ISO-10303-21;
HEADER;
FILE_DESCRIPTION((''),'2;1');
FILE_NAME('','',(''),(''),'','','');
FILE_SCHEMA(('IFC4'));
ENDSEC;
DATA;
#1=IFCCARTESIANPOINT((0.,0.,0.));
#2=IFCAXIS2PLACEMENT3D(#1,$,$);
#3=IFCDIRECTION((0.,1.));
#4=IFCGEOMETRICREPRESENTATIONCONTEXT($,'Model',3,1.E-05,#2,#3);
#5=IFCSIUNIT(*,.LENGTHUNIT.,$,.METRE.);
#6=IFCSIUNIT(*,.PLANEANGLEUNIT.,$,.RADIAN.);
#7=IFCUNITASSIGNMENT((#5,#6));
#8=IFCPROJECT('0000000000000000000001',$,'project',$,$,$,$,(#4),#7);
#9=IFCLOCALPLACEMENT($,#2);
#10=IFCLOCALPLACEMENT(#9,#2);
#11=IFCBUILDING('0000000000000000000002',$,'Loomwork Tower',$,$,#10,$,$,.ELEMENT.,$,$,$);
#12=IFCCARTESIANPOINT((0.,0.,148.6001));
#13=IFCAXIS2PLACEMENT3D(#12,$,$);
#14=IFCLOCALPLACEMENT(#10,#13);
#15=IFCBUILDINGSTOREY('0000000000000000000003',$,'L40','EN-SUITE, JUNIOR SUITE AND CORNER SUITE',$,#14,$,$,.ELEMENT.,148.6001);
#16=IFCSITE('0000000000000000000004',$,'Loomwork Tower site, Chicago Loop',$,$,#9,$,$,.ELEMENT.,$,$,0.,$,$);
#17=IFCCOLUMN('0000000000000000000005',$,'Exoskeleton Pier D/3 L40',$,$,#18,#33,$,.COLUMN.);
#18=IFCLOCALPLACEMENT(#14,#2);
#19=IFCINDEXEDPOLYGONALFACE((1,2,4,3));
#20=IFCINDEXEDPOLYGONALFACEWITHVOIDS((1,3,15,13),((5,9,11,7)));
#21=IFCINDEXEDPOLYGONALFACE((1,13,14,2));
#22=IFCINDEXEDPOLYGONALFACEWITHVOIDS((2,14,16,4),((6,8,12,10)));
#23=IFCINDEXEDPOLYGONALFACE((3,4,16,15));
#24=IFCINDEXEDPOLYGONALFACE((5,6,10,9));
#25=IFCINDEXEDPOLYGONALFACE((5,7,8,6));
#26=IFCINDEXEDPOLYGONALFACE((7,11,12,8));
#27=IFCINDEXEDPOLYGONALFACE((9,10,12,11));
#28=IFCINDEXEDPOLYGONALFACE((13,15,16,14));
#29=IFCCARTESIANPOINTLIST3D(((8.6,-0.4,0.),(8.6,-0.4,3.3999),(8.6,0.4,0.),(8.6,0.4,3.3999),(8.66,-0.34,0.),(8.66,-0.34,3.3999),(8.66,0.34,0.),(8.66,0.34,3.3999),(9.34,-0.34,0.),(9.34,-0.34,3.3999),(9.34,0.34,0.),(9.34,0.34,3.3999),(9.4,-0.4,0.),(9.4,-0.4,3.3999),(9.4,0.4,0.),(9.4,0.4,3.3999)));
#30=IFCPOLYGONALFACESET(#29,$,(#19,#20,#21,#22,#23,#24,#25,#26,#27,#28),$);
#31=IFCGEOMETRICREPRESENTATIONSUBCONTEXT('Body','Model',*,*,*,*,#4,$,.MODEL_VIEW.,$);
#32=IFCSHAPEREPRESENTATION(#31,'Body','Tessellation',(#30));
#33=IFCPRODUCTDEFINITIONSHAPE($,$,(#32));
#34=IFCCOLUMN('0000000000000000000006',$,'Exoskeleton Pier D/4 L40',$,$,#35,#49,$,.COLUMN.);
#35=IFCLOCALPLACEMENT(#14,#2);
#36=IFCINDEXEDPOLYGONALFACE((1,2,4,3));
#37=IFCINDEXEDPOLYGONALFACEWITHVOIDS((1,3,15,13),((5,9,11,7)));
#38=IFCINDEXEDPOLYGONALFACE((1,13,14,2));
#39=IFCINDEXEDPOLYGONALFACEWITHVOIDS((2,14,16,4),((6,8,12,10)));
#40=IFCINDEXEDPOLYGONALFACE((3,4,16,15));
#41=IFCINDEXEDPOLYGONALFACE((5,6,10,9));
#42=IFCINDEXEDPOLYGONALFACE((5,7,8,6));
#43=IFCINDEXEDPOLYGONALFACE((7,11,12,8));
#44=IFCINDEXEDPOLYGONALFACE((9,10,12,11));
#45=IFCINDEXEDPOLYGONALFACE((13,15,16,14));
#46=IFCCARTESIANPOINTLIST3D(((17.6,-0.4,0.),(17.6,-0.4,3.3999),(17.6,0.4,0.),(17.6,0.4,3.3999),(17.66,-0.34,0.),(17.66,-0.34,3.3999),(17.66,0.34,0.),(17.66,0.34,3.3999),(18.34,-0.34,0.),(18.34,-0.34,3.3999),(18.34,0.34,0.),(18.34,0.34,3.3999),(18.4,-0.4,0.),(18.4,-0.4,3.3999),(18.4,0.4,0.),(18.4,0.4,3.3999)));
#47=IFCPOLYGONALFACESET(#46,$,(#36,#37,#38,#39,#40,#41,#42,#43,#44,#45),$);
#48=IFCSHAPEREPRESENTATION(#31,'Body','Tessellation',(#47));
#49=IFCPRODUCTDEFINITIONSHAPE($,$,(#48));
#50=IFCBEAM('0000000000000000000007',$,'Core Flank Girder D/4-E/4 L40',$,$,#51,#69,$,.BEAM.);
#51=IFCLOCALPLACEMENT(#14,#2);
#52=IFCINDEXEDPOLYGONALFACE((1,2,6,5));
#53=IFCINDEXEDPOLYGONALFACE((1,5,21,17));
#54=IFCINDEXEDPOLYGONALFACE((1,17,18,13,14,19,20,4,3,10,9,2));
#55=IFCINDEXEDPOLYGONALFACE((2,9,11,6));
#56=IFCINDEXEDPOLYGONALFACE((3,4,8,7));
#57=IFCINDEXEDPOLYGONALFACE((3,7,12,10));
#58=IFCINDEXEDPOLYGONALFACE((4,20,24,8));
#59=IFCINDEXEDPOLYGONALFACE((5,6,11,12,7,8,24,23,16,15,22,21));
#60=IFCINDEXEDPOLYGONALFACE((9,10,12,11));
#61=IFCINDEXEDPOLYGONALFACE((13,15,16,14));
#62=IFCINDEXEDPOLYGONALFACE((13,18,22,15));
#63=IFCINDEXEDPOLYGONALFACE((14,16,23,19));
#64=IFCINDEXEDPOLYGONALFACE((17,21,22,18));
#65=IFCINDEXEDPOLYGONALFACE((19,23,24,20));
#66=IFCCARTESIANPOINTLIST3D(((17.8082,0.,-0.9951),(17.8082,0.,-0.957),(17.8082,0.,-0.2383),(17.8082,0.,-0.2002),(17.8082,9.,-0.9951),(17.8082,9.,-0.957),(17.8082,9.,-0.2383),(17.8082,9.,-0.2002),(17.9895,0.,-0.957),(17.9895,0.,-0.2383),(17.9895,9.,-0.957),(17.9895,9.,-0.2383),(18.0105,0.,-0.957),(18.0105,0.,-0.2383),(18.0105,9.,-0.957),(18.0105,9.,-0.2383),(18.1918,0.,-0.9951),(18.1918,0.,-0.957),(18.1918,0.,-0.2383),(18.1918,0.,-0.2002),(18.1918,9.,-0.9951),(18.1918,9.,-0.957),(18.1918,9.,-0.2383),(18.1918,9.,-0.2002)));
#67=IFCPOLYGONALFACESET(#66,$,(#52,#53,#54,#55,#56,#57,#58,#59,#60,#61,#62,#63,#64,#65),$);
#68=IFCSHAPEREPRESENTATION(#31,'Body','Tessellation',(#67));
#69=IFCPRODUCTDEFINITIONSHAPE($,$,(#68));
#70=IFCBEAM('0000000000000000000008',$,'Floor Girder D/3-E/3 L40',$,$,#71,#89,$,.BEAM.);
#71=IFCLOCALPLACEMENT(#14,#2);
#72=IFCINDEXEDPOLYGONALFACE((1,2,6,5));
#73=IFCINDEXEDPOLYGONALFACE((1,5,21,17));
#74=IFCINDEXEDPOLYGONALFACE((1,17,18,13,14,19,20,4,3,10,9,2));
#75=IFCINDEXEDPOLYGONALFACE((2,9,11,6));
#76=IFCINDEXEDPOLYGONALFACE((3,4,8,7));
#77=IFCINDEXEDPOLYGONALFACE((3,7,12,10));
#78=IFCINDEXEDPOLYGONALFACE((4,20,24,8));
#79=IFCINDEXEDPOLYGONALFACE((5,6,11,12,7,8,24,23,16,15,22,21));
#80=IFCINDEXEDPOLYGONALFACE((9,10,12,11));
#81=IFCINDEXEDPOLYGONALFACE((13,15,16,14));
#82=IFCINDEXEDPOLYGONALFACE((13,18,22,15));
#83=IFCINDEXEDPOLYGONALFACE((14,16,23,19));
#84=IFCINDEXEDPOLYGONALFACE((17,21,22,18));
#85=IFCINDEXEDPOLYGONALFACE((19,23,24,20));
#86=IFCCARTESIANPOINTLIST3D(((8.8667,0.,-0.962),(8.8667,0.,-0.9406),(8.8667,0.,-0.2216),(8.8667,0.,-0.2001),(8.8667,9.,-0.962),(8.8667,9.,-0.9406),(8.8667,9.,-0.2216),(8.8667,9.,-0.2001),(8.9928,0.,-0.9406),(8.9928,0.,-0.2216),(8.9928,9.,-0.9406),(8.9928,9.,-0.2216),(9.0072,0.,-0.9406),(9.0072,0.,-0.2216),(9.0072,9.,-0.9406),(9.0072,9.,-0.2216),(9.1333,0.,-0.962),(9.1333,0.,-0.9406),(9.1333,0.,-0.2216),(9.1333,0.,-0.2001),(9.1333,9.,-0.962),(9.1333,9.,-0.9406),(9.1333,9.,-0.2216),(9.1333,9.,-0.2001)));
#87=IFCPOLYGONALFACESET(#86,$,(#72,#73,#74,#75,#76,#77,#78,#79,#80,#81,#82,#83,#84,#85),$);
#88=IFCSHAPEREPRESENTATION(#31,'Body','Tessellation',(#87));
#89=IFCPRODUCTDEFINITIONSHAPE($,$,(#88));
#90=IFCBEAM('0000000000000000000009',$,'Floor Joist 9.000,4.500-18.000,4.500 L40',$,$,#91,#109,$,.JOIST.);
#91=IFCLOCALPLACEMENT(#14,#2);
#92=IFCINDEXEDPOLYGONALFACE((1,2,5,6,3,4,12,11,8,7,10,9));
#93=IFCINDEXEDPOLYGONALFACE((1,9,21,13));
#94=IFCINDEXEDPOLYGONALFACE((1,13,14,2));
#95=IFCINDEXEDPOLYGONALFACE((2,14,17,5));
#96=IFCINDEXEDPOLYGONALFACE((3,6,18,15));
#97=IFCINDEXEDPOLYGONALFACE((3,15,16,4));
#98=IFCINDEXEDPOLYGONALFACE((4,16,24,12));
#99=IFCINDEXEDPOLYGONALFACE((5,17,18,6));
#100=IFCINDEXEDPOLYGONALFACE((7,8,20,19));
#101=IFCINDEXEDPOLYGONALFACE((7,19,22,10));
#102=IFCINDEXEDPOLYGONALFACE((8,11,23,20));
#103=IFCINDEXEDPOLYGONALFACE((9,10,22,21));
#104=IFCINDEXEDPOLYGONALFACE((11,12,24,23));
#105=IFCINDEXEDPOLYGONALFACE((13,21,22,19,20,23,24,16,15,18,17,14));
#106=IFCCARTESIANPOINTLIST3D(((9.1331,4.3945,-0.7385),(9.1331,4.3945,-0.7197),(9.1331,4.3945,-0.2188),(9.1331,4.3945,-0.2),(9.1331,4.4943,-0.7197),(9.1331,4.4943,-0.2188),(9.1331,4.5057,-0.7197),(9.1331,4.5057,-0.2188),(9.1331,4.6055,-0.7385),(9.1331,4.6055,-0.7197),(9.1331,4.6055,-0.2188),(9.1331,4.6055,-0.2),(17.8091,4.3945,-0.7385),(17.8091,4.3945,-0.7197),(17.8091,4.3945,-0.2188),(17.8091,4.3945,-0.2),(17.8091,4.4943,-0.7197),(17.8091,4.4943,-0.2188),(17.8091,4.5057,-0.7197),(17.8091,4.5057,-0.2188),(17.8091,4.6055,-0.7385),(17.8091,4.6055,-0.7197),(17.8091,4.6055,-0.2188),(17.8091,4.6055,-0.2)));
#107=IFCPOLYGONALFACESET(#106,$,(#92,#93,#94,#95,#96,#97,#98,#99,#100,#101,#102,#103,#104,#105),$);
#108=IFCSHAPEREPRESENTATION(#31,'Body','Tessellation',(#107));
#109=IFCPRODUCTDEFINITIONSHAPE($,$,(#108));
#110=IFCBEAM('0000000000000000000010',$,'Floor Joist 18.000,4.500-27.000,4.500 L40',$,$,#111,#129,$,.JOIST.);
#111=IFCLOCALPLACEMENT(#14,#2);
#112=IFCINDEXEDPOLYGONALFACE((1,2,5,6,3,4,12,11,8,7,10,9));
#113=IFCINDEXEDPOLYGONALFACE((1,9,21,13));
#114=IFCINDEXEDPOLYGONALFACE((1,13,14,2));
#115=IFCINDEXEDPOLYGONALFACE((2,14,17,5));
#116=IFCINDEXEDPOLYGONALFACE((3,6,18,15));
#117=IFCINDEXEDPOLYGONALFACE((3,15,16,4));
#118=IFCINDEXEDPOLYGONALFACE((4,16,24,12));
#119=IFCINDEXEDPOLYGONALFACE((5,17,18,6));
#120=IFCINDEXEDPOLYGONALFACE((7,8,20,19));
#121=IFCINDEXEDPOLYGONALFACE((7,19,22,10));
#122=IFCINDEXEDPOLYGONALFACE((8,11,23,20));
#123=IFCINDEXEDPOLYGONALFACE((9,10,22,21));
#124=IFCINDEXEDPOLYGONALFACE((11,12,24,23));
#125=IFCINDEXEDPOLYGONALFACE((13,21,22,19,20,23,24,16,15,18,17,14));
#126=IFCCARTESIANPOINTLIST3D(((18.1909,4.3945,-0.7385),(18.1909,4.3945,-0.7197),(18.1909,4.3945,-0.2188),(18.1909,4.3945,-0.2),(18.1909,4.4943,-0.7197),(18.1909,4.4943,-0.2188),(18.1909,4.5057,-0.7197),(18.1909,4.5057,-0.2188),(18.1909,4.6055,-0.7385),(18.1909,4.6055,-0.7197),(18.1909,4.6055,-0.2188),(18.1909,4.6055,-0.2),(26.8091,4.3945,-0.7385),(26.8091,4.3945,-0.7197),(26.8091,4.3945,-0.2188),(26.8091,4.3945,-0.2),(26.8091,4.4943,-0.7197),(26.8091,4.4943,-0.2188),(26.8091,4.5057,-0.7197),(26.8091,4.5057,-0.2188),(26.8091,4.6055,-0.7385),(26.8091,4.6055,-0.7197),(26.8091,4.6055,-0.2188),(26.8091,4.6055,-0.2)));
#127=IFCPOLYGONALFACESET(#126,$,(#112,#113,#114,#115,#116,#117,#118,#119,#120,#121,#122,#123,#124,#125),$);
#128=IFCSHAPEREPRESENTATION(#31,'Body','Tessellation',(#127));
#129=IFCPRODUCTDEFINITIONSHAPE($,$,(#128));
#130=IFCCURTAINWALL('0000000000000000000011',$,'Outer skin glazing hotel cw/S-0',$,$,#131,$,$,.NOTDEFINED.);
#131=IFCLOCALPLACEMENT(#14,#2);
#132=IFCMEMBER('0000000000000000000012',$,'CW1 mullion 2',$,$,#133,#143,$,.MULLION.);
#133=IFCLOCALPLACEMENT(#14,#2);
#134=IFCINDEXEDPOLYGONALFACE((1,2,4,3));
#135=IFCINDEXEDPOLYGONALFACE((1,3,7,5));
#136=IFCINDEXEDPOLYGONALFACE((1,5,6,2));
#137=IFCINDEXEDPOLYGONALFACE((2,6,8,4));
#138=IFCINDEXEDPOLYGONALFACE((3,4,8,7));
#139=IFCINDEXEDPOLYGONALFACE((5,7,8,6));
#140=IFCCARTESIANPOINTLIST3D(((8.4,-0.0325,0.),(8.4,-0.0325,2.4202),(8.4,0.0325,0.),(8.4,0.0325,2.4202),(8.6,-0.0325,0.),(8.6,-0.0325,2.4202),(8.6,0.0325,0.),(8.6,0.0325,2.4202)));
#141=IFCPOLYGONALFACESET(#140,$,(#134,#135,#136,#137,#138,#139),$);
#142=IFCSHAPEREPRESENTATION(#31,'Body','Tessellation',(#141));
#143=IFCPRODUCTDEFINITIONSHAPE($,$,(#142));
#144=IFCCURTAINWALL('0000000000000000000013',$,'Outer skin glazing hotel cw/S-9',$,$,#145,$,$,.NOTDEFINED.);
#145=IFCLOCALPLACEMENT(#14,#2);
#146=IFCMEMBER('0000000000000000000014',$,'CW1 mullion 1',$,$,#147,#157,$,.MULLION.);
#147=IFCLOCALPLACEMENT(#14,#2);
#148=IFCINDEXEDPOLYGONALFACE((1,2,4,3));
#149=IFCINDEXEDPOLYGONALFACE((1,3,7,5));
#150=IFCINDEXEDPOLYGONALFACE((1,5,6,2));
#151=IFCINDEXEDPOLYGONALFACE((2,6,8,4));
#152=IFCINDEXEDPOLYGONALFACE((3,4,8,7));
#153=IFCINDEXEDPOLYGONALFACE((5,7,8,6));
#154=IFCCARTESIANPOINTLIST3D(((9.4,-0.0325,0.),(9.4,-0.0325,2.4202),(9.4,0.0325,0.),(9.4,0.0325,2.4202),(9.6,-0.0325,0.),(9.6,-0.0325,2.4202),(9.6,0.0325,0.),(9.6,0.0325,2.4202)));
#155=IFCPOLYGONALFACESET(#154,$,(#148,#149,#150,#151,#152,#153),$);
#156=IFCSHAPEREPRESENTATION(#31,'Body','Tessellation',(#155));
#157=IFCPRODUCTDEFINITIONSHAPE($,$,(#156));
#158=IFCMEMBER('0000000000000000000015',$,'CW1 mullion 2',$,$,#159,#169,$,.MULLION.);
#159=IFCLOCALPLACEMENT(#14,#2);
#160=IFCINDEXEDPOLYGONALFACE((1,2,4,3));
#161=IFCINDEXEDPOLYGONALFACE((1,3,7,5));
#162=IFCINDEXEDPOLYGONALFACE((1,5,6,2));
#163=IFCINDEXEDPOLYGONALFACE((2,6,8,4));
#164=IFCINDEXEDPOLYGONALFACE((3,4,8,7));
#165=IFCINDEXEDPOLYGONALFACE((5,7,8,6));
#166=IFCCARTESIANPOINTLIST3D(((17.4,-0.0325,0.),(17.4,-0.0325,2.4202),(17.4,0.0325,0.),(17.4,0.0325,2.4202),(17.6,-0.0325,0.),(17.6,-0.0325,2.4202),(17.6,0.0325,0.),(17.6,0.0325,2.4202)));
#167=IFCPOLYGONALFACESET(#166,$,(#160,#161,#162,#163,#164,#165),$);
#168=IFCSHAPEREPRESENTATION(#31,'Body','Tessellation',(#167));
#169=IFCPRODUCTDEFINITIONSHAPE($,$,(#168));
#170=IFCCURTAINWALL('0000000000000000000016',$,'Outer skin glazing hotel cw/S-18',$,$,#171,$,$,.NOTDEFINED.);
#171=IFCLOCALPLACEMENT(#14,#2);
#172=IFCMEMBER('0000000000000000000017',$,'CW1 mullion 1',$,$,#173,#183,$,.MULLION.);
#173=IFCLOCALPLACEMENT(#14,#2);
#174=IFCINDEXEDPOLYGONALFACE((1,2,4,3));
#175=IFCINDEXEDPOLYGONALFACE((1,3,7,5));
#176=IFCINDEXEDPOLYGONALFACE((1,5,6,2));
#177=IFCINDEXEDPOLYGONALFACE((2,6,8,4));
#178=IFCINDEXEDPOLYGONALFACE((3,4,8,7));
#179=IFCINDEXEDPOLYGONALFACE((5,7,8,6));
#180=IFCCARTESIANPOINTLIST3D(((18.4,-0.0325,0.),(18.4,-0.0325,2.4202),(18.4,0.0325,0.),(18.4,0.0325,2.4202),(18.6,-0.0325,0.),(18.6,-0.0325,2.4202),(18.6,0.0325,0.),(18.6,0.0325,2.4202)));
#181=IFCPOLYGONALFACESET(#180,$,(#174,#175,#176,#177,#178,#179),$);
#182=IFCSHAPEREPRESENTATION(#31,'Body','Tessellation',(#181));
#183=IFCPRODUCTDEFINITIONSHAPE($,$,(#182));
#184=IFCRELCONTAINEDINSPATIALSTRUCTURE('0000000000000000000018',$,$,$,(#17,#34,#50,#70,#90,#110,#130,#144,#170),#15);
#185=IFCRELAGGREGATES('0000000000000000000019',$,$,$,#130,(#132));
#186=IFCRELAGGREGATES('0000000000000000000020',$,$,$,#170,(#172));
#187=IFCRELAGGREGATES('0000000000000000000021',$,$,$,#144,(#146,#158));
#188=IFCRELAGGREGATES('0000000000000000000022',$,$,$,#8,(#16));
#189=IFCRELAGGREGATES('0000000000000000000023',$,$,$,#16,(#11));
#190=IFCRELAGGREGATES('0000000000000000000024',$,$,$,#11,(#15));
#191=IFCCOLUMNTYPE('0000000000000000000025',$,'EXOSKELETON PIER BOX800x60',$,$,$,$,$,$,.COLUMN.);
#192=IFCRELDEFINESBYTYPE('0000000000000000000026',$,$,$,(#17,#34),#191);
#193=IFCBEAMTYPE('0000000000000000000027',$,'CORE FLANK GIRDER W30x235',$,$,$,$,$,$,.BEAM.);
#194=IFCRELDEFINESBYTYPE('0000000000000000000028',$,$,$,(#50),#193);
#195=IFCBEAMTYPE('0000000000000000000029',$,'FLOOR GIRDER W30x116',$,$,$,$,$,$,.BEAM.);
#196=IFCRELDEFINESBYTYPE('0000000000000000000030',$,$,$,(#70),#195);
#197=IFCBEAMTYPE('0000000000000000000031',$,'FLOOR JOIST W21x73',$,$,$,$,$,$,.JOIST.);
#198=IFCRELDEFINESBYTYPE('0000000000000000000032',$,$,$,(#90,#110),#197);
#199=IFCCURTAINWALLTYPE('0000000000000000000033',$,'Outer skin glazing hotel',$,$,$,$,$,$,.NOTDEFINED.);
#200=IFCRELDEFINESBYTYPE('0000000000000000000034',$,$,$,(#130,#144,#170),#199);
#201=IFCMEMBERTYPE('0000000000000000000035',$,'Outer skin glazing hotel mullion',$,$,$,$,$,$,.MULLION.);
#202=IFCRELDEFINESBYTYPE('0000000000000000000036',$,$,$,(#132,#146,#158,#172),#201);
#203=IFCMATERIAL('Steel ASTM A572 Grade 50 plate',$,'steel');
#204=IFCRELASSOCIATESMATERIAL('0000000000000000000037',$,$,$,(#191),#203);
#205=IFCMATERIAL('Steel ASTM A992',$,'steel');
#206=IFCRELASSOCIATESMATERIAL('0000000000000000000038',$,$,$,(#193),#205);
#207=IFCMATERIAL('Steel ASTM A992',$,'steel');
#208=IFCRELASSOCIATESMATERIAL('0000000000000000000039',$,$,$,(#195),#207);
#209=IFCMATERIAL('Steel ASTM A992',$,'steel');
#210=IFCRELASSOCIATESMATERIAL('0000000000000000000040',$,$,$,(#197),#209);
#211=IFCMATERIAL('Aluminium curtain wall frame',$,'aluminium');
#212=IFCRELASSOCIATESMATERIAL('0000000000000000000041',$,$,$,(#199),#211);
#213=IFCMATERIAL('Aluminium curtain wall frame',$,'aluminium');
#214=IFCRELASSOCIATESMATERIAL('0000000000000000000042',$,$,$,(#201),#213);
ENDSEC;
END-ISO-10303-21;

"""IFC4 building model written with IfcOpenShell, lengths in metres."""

from ifc_helpers import new_model, si_unit, direction, frame, origin, origin_2d, place, context, subcontext, project, spatial, rectangle, hollow_rectangle, i_section, extrude, material, material_profile, profile_set, type_object, element, aggregate, save


model = new_model("IFC4")

# Units and contexts
model_context = context("Model", 3, precision=1e-05, world=origin(), true_north=direction((0.0, 1.0)))
body_context = subcontext(model_context, "Body", "Model", "MODEL_VIEW")
ifc_project = project(units=[si_unit("LENGTHUNIT", "METRE"), si_unit("PLANEANGLEUNIT", "RADIAN")], contexts=[model_context])

# Site, building, storey
site_placement = place(None, origin())
site = spatial("IfcSite", under=ifc_project, at=site_placement, Name="Loomwork Tower site, Chicago Loop", CompositionType="ELEMENT", RefElevation=0.0)
building_placement = place(site_placement, origin())
building = spatial("IfcBuilding", under=site, at=building_placement, Name="Loomwork Tower", CompositionType="ELEMENT")
storey_placement = place(building_placement, frame((0.0, 0.0, 148.6001)))
storey = spatial("IfcBuildingStorey", under=building, at=storey_placement, Name="L40", Description="EN-SUITE, JUNIOR SUITE AND CORNER SUITE", CompositionType="ELEMENT", Elevation=148.6001)

# Columns
ifc_material_1 = material(Name="Steel ASTM A572 Grade 50 plate", Category="steel")
ifc_material_profile_1 = material_profile(ifc_material_1, hollow_rectangle(XDim=0.8, YDim=0.8, WallThickness=0.0601, at=origin_2d()), Name="BOX800x60")
ifc_profile_set_1 = profile_set([ifc_material_profile_1], Name="Steel ASTM A572 Grade 50 plate")
column_type = type_object("IfcColumnType", Name="EXOSKELETON PIER BOX800x60", PredefinedType="COLUMN", material=ifc_profile_set_1)
for number, where, z_axis, x_axis, name in (
    (1, (9.0, 0.0, 0.0), (0.0, 0.0, 1.0), (1.0, 0.0, 0.0), "Exoskeleton Pier D/3 L40"),
    (2, (18.0, 0.0, 0.0), (0.0, 0.0, 1.0), (1.0, 0.0, 0.0), "Exoskeleton Pier D/4 L40"),
):
    element("IfcColumn", number, at=place(storey_placement, frame(where, z_axis=z_axis, x_axis=x_axis)), inside=storey, type_object=column_type, Name=name, PredefinedType="COLUMN", context=body_context, shape_type="SweptSolid", body=[
        extrude(hollow_rectangle(XDim=0.8, YDim=0.8, WallThickness=0.0601, at=origin_2d()), origin(), (0.0, 0.0, 1.0), 3.3999),
    ])

# Beams
ifc_material_2 = material(Name="Steel ASTM A992", Category="steel")
ifc_material_profile_2 = material_profile(ifc_material_2, i_section(OverallWidth=0.3835, OverallDepth=0.7949, WebThickness=0.021, FlangeThickness=0.0381, at=origin_2d()), Name="W30x235")
ifc_profile_set_2 = profile_set([ifc_material_profile_2], Name="Steel ASTM A992")
beam_type_1 = type_object("IfcBeamType", Name="CORE FLANK GIRDER W30x235", PredefinedType="BEAM", material=ifc_profile_set_2)
beam_1_placement = place(storey_placement, frame((18.0, 0.0, -0.5977), z_axis=(0.0, 1.0, 0.0), x_axis=(-1.0, 0.0, 0.0)))
element("IfcBeam", 3, at=beam_1_placement, inside=storey, type_object=beam_type_1, Name="Core Flank Girder D/4-E/4 L40", PredefinedType="BEAM", context=body_context, shape_type="SweptSolid", body=[
    extrude(i_section(OverallWidth=0.3835, OverallDepth=0.7949, WebThickness=0.021, FlangeThickness=0.0381, at=origin_2d()), origin(), (0.0, 0.0, 1.0), 9.0),
])
ifc_material_3 = material(Name="Steel ASTM A992", Category="steel")
ifc_material_profile_3 = material_profile(ifc_material_3, i_section(OverallWidth=0.2666, OverallDepth=0.762, WebThickness=0.0144, FlangeThickness=0.0215, at=origin_2d()), Name="W30x116")
ifc_profile_set_3 = profile_set([ifc_material_profile_3], Name="Steel ASTM A992")
beam_type_2 = type_object("IfcBeamType", Name="FLOOR GIRDER W30x116", PredefinedType="BEAM", material=ifc_profile_set_3)
beam_2_placement = place(storey_placement, frame((9.0, 0.0, -0.5811), z_axis=(0.0, 1.0, 0.0), x_axis=(-1.0, 0.0, 0.0)))
element("IfcBeam", 4, at=beam_2_placement, inside=storey, type_object=beam_type_2, Name="Floor Girder D/3-E/3 L40", PredefinedType="BEAM", context=body_context, shape_type="SweptSolid", body=[
    extrude(i_section(OverallWidth=0.2666, OverallDepth=0.762, WebThickness=0.0144, FlangeThickness=0.0215, at=origin_2d()), origin(), (0.0, 0.0, 1.0), 9.0),
])
ifc_material_4 = material(Name="Steel ASTM A992", Category="steel")
ifc_material_profile_4 = material_profile(ifc_material_4, i_section(OverallWidth=0.2109, OverallDepth=0.5386, WebThickness=0.0115, FlangeThickness=0.0188, at=origin_2d()), Name="W21x73")
ifc_profile_set_4 = profile_set([ifc_material_profile_4], Name="Steel ASTM A992")
beam_type_3 = type_object("IfcBeamType", Name="FLOOR JOIST W21x73", PredefinedType="JOIST", material=ifc_profile_set_4)
beam_3_placement = place(storey_placement, frame((9.1331, 4.5, -0.4692), z_axis=(1.0, 0.0, 0.0), x_axis=(0.0, 1.0, 0.0)))
element("IfcBeam", 5, at=beam_3_placement, inside=storey, type_object=beam_type_3, Name="Floor Joist 9.000,4.500-18.000,4.500 L40", PredefinedType="JOIST", context=body_context, shape_type="SweptSolid", body=[
    extrude(i_section(OverallWidth=0.2109, OverallDepth=0.5386, WebThickness=0.0115, FlangeThickness=0.0188, at=origin_2d()), origin(), (0.0, 0.0, 1.0), 8.676),
])
beam_4_placement = place(storey_placement, frame((18.1909, 4.5, -0.4692), z_axis=(1.0, 0.0, 0.0), x_axis=(0.0, 1.0, 0.0)))
element("IfcBeam", 6, at=beam_4_placement, inside=storey, type_object=beam_type_3, Name="Floor Joist 18.000,4.500-27.000,4.500 L40", PredefinedType="JOIST", context=body_context, shape_type="SweptSolid", body=[
    extrude(i_section(OverallWidth=0.2109, OverallDepth=0.5386, WebThickness=0.0115, FlangeThickness=0.0188, at=origin_2d()), origin(), (0.0, 0.0, 1.0), 8.6182),
])

# Curtain wall, member
ifc_material_5 = material(Name="Aluminium curtain wall frame", Category="aluminium")
curtain_wall_type = type_object("IfcCurtainWallType", Name="Outer skin glazing hotel", PredefinedType="NOTDEFINED", material=ifc_material_5)
curtain_wall_1_placement = place(storey_placement, origin())
curtain_wall_1 = element("IfcCurtainWall", 7, at=curtain_wall_1_placement, inside=storey, type_object=curtain_wall_type, Name="Outer skin glazing hotel cw/S-0", PredefinedType="NOTDEFINED")
ifc_material_6 = material(Name="Aluminium curtain wall frame", Category="aluminium")
ifc_material_profile_5 = material_profile(ifc_material_6, rectangle(XDim=0.0649, YDim=0.2, at=origin_2d()), Name="AL 65x200")
ifc_profile_set_5 = profile_set([ifc_material_profile_5], Name="Aluminium curtain wall frame")
member_type_1 = type_object("IfcMemberType", Name="Outer skin glazing hotel mullion", PredefinedType="MULLION", material=ifc_profile_set_5)
member_1_placement = place(storey_placement, frame((8.5, 0.0, 0.0), z_axis=(0.0, 0.0, 1.0), x_axis=(0.0, 1.0, 0.0)))
member_1 = element("IfcMember", 8, at=member_1_placement, type_object=member_type_1, Name="CW1 mullion 2", PredefinedType="MULLION", context=body_context, shape_type="SweptSolid", body=[
    extrude(rectangle(XDim=0.0649, YDim=0.2, at=origin_2d()), origin(), (0.0, 0.0, 1.0), 2.4202),
])
aggregate(curtain_wall_1, [member_1])

# Curtain wall, members
curtain_wall_2_placement = place(storey_placement, origin())
curtain_wall_2 = element("IfcCurtainWall", 9, at=curtain_wall_2_placement, inside=storey, type_object=curtain_wall_type, Name="Outer skin glazing hotel cw/S-9", PredefinedType="NOTDEFINED")
member_2_placement = place(storey_placement, frame((9.5, 0.0, 0.0), z_axis=(0.0, 0.0, 1.0), x_axis=(0.0, 1.0, 0.0)))
member_2 = element("IfcMember", 10, at=member_2_placement, type_object=member_type_1, Name="CW1 mullion 1", PredefinedType="MULLION", context=body_context, shape_type="SweptSolid", body=[
    extrude(rectangle(XDim=0.0649, YDim=0.2, at=origin_2d()), origin(), (0.0, 0.0, 1.0), 2.4202),
])
member_3_placement = place(storey_placement, frame((17.5, 0.0, 0.0), z_axis=(0.0, 0.0, 1.0), x_axis=(0.0, 1.0, 0.0)))
member_3 = element("IfcMember", 11, at=member_3_placement, type_object=member_type_1, Name="CW1 mullion 2", PredefinedType="MULLION", context=body_context, shape_type="SweptSolid", body=[
    extrude(rectangle(XDim=0.0649, YDim=0.2, at=origin_2d()), origin(), (0.0, 0.0, 1.0), 2.4202),
])

# Curtain wall, member
curtain_wall_3_placement = place(storey_placement, origin())
curtain_wall_3 = element("IfcCurtainWall", 12, at=curtain_wall_3_placement, inside=storey, type_object=curtain_wall_type, Name="Outer skin glazing hotel cw/S-18", PredefinedType="NOTDEFINED")
member_4_placement = place(storey_placement, frame((18.5, 0.0, 0.0), z_axis=(0.0, 0.0, 1.0), x_axis=(0.0, 1.0, 0.0)))
member_4 = element("IfcMember", 13, at=member_4_placement, type_object=member_type_1, Name="CW1 mullion 1", PredefinedType="MULLION", context=body_context, shape_type="SweptSolid", body=[
    extrude(rectangle(XDim=0.0649, YDim=0.2, at=origin_2d()), origin(), (0.0, 0.0, 1.0), 2.4202),
])

aggregate(curtain_wall_3, [member_4])

aggregate(curtain_wall_2, [member_2, member_3])

save(model, "model.ifc")
